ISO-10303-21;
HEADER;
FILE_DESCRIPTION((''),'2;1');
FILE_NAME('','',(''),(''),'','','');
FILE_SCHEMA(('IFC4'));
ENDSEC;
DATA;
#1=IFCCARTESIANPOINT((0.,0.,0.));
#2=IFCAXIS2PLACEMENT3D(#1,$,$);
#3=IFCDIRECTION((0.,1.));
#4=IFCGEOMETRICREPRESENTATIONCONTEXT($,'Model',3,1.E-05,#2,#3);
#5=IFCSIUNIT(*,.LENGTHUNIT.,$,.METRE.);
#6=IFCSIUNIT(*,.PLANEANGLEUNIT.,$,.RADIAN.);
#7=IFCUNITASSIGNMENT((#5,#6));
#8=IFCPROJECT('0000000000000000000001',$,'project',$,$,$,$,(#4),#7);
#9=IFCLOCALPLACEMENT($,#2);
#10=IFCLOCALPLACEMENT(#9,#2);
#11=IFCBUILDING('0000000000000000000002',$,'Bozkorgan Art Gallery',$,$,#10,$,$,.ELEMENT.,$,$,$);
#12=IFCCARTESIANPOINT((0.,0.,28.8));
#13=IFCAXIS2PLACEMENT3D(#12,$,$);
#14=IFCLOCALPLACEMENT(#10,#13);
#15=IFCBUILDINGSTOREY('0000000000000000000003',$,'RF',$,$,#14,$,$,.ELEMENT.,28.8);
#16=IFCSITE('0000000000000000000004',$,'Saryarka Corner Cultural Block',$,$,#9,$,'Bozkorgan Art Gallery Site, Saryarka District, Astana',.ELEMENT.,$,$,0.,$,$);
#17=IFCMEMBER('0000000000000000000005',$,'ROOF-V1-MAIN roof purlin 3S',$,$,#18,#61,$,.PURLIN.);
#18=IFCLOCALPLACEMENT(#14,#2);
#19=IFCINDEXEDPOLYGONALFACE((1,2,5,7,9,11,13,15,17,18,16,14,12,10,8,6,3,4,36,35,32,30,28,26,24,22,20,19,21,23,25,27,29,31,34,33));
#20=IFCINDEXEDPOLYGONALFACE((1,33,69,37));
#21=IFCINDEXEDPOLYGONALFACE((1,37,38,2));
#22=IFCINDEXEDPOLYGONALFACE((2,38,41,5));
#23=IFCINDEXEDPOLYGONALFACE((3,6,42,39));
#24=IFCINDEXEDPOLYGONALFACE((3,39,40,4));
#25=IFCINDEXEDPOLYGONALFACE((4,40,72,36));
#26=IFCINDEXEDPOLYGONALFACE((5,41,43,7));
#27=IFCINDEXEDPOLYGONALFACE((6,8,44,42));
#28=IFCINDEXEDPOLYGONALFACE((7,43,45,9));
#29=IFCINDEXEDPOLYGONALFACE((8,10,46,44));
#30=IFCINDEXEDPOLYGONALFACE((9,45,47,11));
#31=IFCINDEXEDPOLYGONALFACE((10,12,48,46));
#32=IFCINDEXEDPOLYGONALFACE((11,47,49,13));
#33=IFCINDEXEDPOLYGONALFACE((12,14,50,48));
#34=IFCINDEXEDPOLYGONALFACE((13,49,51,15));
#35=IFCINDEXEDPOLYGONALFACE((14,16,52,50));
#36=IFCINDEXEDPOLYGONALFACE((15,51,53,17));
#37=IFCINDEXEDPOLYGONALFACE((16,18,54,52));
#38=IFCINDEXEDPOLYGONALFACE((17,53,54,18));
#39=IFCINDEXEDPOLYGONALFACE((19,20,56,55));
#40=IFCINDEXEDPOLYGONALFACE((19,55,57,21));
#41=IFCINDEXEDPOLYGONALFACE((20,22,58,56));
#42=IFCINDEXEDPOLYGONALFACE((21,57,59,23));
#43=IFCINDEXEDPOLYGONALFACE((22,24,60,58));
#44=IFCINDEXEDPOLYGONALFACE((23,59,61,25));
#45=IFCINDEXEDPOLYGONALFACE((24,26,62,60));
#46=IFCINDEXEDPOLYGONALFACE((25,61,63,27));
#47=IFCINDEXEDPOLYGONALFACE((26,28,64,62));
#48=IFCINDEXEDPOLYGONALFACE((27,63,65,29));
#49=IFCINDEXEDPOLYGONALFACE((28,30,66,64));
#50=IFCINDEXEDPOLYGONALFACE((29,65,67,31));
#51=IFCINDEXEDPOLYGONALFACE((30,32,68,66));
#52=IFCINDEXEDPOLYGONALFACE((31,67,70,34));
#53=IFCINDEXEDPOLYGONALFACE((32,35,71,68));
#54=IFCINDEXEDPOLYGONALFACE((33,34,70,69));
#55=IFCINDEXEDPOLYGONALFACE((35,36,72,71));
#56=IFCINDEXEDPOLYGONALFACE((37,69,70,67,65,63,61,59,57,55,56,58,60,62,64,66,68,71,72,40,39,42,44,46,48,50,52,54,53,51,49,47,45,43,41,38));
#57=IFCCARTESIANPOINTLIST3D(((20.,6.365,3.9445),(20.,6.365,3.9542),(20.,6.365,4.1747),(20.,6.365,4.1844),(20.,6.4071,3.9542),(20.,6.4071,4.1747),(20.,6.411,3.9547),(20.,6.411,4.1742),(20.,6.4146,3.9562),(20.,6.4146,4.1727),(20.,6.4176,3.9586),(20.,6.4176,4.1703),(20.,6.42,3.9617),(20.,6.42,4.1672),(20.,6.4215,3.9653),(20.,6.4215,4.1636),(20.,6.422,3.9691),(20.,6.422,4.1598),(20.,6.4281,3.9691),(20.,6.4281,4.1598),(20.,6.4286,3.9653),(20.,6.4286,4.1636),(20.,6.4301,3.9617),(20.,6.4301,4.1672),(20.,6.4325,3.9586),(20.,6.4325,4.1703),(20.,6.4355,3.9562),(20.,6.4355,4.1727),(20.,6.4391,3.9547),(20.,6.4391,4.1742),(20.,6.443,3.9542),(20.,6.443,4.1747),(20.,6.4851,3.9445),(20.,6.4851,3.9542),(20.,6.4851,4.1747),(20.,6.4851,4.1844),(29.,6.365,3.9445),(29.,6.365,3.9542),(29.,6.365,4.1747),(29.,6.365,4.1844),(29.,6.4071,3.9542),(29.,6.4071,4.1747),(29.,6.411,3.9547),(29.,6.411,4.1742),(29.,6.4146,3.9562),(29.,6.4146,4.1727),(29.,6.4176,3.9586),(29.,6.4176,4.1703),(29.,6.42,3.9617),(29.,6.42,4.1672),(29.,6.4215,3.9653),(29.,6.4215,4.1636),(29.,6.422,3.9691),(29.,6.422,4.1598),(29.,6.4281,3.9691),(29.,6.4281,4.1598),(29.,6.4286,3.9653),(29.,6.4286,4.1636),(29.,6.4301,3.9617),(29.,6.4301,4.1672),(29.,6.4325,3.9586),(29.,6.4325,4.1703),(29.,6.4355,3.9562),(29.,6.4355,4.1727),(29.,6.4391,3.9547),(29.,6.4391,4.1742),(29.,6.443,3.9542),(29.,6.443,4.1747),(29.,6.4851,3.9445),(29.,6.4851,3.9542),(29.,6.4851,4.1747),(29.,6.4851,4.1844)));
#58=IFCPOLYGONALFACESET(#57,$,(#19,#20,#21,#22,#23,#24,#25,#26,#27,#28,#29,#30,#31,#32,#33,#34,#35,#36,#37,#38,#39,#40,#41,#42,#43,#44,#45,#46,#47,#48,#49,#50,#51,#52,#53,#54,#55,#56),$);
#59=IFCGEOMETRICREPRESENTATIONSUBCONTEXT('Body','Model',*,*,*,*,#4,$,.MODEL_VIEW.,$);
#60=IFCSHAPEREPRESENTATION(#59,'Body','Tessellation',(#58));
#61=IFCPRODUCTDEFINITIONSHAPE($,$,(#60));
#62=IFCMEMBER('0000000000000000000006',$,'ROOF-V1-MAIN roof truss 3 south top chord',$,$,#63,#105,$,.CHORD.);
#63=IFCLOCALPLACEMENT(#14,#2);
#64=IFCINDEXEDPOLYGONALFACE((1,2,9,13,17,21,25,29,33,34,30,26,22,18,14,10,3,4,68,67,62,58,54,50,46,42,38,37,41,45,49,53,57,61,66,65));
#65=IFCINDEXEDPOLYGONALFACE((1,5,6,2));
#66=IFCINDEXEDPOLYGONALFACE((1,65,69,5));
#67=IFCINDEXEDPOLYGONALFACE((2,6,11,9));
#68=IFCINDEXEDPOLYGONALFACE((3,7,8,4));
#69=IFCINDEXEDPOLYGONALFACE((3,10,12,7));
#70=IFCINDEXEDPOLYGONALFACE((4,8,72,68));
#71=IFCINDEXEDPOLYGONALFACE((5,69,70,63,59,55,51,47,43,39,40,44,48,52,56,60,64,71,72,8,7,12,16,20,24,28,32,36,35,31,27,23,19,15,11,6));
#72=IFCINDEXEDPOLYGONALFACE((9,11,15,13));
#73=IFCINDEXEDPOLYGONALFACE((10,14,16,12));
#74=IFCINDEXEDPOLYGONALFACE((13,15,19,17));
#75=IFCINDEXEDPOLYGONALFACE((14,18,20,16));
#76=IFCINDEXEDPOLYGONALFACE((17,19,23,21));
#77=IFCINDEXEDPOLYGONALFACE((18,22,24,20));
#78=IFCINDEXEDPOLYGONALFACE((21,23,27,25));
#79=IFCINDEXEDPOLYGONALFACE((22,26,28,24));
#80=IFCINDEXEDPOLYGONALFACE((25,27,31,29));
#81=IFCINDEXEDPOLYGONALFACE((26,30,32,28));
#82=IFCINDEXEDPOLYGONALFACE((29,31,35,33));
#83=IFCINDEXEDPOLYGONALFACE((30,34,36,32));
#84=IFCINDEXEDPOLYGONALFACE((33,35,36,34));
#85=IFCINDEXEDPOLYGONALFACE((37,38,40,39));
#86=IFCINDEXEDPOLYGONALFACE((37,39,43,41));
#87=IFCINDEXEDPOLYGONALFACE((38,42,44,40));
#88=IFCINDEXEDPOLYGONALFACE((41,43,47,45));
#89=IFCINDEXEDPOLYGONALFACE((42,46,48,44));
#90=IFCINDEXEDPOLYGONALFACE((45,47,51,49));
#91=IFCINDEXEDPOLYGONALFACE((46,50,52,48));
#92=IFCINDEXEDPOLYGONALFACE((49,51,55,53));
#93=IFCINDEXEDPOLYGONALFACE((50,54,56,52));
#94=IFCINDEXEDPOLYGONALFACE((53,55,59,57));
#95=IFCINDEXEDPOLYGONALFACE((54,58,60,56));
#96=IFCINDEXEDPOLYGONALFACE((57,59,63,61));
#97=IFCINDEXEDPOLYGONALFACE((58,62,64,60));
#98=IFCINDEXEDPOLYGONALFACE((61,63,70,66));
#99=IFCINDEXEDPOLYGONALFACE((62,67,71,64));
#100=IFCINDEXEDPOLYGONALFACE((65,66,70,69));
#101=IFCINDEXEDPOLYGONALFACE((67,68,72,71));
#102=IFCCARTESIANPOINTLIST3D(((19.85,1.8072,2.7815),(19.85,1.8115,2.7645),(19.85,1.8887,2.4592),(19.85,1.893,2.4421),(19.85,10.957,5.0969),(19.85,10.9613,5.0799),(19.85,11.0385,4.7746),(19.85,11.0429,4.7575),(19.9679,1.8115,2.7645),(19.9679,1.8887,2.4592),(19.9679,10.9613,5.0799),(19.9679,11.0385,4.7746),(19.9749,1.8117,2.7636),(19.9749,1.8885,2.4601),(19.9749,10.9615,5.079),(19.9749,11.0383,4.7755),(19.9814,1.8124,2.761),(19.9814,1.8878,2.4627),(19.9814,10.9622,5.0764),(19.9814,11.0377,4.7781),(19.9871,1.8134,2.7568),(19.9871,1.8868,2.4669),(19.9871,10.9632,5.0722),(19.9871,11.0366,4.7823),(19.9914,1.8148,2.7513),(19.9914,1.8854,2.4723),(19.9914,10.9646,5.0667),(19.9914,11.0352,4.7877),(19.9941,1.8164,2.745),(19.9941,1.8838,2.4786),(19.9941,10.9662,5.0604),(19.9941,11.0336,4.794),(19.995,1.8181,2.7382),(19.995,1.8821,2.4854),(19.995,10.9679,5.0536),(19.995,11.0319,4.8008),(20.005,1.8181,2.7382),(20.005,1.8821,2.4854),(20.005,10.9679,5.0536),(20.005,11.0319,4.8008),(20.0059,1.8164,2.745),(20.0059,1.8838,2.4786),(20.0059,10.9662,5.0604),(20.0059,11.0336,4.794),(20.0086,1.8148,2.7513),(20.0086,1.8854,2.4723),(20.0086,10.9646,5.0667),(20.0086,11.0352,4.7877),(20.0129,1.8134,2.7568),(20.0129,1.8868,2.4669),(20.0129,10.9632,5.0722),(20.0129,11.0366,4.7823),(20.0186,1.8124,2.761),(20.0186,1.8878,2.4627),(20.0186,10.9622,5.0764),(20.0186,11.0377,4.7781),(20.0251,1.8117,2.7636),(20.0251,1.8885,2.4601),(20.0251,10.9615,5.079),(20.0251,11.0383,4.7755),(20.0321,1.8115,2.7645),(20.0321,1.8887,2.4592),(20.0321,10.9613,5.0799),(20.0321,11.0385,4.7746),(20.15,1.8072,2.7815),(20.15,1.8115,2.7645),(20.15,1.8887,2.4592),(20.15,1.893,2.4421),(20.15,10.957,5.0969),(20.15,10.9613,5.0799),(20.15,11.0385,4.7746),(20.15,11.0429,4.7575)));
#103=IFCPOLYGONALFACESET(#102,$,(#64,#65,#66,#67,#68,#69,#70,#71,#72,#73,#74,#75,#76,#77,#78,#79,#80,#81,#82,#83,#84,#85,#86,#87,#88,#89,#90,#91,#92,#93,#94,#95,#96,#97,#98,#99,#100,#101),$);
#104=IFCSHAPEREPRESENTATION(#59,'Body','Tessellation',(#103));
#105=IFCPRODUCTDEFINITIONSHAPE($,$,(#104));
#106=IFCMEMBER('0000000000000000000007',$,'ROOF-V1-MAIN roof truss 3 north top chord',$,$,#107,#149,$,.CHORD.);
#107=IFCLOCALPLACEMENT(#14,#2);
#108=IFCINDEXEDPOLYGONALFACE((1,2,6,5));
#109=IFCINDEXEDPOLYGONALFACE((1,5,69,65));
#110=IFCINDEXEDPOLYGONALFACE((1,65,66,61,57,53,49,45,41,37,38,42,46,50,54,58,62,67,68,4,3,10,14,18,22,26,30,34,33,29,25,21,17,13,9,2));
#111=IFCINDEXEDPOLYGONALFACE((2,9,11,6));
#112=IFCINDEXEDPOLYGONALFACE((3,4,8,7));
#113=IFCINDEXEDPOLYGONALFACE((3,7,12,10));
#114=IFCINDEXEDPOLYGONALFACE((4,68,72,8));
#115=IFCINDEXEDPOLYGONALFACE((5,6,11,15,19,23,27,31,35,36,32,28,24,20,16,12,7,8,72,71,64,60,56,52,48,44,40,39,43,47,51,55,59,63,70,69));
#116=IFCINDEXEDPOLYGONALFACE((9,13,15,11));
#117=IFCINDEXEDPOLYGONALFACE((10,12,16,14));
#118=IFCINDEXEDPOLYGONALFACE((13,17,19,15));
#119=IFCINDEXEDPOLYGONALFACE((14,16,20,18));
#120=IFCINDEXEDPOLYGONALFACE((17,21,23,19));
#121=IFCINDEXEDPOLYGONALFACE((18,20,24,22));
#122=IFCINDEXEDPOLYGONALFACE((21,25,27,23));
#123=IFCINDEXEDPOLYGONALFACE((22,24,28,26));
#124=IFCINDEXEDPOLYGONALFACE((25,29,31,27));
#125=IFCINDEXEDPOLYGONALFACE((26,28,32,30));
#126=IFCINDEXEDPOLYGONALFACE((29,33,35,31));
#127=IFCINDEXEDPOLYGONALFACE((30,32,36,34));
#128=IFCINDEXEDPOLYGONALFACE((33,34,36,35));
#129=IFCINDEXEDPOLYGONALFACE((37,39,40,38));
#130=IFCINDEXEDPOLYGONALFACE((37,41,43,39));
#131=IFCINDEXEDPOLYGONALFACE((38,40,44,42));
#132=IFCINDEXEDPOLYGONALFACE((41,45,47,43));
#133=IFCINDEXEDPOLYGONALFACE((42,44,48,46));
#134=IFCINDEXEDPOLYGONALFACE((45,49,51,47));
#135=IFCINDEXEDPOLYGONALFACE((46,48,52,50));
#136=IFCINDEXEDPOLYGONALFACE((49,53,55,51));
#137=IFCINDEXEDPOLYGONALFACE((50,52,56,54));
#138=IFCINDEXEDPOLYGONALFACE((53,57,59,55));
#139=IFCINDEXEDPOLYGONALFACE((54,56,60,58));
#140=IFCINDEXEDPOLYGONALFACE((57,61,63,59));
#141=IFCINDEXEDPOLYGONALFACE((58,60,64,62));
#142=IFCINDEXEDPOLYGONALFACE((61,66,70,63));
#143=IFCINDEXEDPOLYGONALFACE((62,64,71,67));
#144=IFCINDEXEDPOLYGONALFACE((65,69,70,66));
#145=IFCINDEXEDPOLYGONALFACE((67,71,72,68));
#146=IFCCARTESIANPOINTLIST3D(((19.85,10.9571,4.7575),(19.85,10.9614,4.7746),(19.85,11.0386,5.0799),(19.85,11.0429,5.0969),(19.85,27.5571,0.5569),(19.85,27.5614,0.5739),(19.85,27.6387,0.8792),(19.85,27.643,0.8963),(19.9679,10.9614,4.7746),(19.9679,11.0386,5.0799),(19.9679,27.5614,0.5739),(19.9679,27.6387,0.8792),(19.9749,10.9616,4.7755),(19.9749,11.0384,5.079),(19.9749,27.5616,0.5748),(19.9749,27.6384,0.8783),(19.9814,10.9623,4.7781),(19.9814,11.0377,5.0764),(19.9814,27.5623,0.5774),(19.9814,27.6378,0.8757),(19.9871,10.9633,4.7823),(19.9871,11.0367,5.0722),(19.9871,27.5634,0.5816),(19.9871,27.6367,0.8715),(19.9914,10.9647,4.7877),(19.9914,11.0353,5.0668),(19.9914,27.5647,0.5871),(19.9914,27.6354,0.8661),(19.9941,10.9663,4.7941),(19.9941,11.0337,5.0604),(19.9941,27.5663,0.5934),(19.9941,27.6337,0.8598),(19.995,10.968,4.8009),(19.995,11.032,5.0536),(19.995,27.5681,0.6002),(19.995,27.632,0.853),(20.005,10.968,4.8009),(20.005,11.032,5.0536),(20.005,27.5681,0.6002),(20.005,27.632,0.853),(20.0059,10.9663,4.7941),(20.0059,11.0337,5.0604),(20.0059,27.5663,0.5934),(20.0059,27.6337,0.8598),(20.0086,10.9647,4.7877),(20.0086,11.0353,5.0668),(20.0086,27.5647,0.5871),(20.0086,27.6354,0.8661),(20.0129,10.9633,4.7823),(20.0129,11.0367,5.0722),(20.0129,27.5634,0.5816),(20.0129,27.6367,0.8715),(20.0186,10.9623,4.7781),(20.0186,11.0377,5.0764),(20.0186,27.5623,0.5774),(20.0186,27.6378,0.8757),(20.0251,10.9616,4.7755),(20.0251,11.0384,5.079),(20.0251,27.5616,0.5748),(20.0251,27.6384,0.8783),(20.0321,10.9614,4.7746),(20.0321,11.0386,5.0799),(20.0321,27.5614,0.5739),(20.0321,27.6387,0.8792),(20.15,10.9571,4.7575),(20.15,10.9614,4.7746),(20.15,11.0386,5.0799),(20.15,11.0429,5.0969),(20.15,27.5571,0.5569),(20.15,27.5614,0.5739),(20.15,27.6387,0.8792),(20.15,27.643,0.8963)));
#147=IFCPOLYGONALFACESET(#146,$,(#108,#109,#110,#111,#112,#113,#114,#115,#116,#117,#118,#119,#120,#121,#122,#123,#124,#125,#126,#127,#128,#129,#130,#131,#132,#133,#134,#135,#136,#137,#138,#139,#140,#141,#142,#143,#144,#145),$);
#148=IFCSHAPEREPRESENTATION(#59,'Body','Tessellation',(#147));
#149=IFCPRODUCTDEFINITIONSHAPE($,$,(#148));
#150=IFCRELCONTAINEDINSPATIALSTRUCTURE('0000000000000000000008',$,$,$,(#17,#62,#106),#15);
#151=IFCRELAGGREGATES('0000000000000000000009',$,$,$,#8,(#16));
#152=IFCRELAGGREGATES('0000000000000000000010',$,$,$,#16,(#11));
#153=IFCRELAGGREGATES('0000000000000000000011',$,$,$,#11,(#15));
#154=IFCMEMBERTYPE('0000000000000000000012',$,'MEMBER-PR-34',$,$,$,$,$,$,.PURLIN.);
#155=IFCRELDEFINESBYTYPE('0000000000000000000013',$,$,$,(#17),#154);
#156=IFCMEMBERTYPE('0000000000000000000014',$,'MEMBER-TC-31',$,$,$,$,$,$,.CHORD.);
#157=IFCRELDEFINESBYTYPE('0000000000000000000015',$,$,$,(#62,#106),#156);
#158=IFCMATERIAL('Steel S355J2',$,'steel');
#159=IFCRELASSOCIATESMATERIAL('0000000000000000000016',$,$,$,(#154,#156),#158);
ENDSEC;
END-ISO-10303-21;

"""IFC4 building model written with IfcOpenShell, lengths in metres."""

from ifc_helpers import new_model, si_unit, direction, frame, origin, origin_2d, place, context, subcontext, project, spatial, i_section, extrude, material, material_profile, profile_set, type_object, element, save


model = new_model("IFC4")

# Units and contexts
model_context = context("Model", 3, precision=1e-05, world=origin(), true_north=direction((0.0, 1.0)))
body_context = subcontext(model_context, "Body", "Model", "MODEL_VIEW")
ifc_project = project(units=[si_unit("LENGTHUNIT", "METRE"), si_unit("PLANEANGLEUNIT", "RADIAN")], contexts=[model_context])

# Site, building, storey
site_placement = place(None, origin())
site = spatial("IfcSite", under=ifc_project, at=site_placement, Name="Saryarka Corner Cultural Block", LongName="Bozkorgan Art Gallery Site, Saryarka District, Astana", CompositionType="ELEMENT", RefElevation=0.0)
building_placement = place(site_placement, origin())
building = spatial("IfcBuilding", under=site, at=building_placement, Name="Bozkorgan Art Gallery", CompositionType="ELEMENT")
storey_placement = place(building_placement, frame((0.0, 0.0, 28.8)))
storey = spatial("IfcBuildingStorey", under=building, at=storey_placement, Name="RF", CompositionType="ELEMENT", Elevation=28.8)

# Shared definitions
ifc_material_1 = material(Name="Steel S355J2", Category="steel")

# Members
ifc_material_profile_1 = material_profile(ifc_material_1, i_section(OverallWidth=0.1201, OverallDepth=0.24, WebThickness=0.0061, FlangeThickness=0.0098, FilletRadius=0.0149, at=origin_2d()), Name="IPE 240")
ifc_profile_set_1 = profile_set([ifc_material_profile_1], Name="Steel S355J2")
member_type_1 = type_object("IfcMemberType", Name="MEMBER-PR-34", PredefinedType="PURLIN", material=ifc_profile_set_1)
member_1_placement = place(storey_placement, frame((20.0, 6.425, 4.0645), z_axis=(1.0, 0.0, 0.0), x_axis=(0.0, 1.0, 0.0)))
element("IfcMember", 1, at=member_1_placement, inside=storey, type_object=member_type_1, Name="ROOF-V1-MAIN roof purlin 3S", PredefinedType="PURLIN", context=body_context, shape_type="SweptSolid", body=[
    extrude(i_section(OverallWidth=0.1201, OverallDepth=0.24, WebThickness=0.0061, FlangeThickness=0.0098, FilletRadius=0.0149, at=origin_2d()), origin(), (0.0, 0.0, 1.0), 9.0),
])
ifc_material_profile_2 = material_profile(ifc_material_1, i_section(OverallWidth=0.3, OverallDepth=0.3501, WebThickness=0.01, FlangeThickness=0.0176, FilletRadius=0.0271, at=origin_2d()), Name="HEA 360")
ifc_profile_set_2 = profile_set([ifc_material_profile_2], Name="Steel S355J2")
member_type_2 = type_object("IfcMemberType", Name="MEMBER-TC-31", PredefinedType="CHORD", material=ifc_profile_set_2)
member_2_placement = place(storey_placement, frame((20.0, 1.8501, 2.6118), z_axis=(0.0, 0.969442, 0.245322), x_axis=(-1.0, 0.0, 0.0)))
element("IfcMember", 2, at=member_2_placement, inside=storey, type_object=member_type_2, Name="ROOF-V1-MAIN roof truss 3 south top chord", PredefinedType="CHORD", context=body_context, shape_type="SweptSolid", body=[
    extrude(i_section(OverallWidth=0.3, OverallDepth=0.3501, WebThickness=0.01, FlangeThickness=0.0176, FilletRadius=0.0271, at=origin_2d()), origin(), (0.0, 0.0, 1.0), 9.4382),
])
member_3_placement = place(storey_placement, frame((20.0, 11.0, 4.9272), z_axis=(0.0, 0.969442, -0.245319), x_axis=(-1.0, 0.0, 0.0)))
element("IfcMember", 3, at=member_3_placement, inside=storey, type_object=member_type_2, Name="ROOF-V1-MAIN roof truss 3 north top chord", PredefinedType="CHORD", context=body_context, shape_type="SweptSolid", body=[
    extrude(i_section(OverallWidth=0.3, OverallDepth=0.3501, WebThickness=0.01, FlangeThickness=0.0176, FilletRadius=0.0271, at=origin_2d()), origin(), (0.0, 0.0, 1.0), 17.1233),
])

save(model, "model.ifc")
